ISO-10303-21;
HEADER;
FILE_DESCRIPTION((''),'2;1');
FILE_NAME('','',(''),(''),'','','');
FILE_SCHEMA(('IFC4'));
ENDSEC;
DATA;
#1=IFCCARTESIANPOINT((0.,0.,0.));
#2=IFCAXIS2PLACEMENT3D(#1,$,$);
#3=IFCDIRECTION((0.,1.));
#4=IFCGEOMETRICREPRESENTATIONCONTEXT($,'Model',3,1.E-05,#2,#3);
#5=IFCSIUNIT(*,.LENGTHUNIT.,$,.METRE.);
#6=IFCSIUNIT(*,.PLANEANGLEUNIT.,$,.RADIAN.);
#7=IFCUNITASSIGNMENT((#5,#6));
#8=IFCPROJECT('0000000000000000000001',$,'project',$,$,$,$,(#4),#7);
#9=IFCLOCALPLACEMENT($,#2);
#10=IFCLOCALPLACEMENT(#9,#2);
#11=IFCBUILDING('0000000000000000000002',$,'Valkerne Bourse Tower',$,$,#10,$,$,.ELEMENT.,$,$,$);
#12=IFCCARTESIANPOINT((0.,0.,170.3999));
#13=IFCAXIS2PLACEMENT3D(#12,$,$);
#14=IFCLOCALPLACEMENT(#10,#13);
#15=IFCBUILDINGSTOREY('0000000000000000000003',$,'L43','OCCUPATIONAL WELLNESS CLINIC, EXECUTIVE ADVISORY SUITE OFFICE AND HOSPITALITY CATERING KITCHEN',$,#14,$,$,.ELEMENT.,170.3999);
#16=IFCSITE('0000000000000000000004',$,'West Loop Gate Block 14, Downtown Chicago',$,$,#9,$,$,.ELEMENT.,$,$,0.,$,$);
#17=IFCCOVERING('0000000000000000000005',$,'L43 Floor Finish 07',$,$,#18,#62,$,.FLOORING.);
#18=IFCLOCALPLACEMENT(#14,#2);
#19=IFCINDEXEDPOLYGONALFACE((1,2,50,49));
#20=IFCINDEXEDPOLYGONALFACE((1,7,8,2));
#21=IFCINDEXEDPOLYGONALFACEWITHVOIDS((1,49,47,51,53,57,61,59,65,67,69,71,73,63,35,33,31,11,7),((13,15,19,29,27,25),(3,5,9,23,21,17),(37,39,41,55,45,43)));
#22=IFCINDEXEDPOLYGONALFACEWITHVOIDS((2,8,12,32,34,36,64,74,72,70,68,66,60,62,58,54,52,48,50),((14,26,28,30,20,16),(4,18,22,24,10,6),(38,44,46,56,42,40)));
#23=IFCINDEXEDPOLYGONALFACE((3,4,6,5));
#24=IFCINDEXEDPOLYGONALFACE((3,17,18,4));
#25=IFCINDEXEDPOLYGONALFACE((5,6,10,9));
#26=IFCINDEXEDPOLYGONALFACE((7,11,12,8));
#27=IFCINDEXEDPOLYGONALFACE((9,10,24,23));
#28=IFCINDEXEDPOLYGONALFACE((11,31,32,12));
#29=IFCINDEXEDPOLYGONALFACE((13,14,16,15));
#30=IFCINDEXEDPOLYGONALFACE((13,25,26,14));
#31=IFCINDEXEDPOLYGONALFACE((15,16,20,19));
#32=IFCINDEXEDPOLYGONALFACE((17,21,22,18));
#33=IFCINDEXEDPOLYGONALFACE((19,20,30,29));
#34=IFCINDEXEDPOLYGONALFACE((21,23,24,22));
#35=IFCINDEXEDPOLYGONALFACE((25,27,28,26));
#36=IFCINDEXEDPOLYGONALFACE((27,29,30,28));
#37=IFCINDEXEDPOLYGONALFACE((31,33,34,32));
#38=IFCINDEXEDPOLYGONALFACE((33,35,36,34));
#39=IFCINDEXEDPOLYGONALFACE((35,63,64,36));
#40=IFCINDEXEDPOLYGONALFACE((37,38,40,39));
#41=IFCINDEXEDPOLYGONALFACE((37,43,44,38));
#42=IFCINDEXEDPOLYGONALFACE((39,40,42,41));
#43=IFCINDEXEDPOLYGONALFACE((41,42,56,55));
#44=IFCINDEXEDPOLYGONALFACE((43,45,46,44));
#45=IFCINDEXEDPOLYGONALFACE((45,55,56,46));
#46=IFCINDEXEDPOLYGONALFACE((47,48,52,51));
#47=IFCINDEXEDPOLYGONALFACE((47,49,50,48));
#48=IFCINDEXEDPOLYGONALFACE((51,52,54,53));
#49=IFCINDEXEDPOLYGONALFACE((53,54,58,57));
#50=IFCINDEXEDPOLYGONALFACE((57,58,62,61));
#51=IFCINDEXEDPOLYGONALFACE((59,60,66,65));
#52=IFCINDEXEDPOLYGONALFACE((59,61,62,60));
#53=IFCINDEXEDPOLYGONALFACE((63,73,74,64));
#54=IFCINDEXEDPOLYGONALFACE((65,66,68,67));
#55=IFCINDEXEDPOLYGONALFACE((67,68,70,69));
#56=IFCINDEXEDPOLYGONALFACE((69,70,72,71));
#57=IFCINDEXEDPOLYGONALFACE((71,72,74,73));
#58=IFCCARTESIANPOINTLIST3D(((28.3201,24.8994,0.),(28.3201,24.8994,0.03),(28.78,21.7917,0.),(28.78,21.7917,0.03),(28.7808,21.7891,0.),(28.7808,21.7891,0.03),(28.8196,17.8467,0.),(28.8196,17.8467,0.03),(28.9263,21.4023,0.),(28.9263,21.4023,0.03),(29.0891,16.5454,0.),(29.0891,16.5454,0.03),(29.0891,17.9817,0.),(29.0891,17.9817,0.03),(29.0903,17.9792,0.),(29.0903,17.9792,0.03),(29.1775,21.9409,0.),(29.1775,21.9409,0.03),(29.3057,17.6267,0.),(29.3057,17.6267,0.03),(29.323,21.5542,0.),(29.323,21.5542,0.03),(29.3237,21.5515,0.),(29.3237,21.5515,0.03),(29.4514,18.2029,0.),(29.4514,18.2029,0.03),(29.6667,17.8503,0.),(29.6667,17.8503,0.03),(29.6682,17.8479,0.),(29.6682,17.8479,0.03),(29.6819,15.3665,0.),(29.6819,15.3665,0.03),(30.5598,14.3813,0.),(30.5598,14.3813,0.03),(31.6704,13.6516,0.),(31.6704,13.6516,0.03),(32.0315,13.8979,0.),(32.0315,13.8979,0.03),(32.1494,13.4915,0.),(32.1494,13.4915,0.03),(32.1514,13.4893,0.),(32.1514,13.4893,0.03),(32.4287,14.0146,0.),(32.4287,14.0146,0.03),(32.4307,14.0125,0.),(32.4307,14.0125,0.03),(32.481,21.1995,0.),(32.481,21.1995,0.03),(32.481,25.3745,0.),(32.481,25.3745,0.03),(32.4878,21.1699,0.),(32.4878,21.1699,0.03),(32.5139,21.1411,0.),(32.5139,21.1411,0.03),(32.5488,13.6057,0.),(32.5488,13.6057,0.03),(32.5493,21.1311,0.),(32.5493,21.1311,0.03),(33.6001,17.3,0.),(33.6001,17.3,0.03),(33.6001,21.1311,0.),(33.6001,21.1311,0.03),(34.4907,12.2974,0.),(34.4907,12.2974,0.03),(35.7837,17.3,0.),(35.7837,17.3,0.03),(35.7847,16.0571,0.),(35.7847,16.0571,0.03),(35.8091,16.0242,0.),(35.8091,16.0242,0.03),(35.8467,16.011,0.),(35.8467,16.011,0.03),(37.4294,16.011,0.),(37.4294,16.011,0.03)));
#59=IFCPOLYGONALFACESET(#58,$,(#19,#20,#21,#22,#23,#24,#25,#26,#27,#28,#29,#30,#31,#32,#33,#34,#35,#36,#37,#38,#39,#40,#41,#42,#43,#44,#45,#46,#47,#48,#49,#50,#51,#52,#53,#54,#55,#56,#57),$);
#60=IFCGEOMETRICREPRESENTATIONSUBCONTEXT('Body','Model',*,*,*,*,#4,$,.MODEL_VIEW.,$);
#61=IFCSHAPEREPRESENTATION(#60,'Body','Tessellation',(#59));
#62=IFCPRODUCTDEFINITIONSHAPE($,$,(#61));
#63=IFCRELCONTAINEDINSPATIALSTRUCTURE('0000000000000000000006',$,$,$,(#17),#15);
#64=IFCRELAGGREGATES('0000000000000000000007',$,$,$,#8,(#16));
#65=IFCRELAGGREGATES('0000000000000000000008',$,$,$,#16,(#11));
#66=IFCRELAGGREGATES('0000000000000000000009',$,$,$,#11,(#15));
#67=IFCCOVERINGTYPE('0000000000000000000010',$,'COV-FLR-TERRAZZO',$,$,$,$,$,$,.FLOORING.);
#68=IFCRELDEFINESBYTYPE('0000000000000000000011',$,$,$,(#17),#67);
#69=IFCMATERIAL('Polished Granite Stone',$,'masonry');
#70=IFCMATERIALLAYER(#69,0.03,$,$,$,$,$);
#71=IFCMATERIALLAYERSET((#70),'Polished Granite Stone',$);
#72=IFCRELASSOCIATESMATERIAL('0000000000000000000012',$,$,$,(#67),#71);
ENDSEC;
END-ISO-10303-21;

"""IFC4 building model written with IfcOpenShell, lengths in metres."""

from ifc_helpers import new_model, si_unit, direction, frame, origin, place, context, subcontext, project, spatial, polyline, outline, extrude, material, layer, layer_set, type_object, element, save


model = new_model("IFC4")

# Units and contexts
model_context = context("Model", 3, precision=1e-05, world=origin(), true_north=direction((0.0, 1.0)))
body_context = subcontext(model_context, "Body", "Model", "MODEL_VIEW")
ifc_project = project(units=[si_unit("LENGTHUNIT", "METRE"), si_unit("PLANEANGLEUNIT", "RADIAN")], contexts=[model_context])

# Site, building, storey
site_placement = place(None, origin())
site = spatial("IfcSite", under=ifc_project, at=site_placement, Name="West Loop Gate Block 14, Downtown Chicago", CompositionType="ELEMENT", RefElevation=0.0)
building_placement = place(site_placement, origin())
building = spatial("IfcBuilding", under=site, at=building_placement, Name="Valkerne Bourse Tower", CompositionType="ELEMENT")
storey_placement = place(building_placement, frame((0.0, 0.0, 170.3999)))
storey = spatial("IfcBuildingStorey", under=building, at=storey_placement, Name="L43", Description="OCCUPATIONAL WELLNESS CLINIC, EXECUTIVE ADVISORY SUITE OFFICE AND HOSPITALITY CATERING KITCHEN", CompositionType="ELEMENT", Elevation=170.3999)

# Covering
ifc_material_1 = material(Name="Polished Granite Stone", Category="masonry")
ifc_layer_1 = layer(ifc_material_1, 0.03)
ifc_layer_set_1 = layer_set([ifc_layer_1], Name="Polished Granite Stone")
covering_type_1 = type_object("IfcCoveringType", Name="COV-FLR-TERRAZZO", PredefinedType="FLOORING", material=ifc_layer_set_1)
covering_1_placement = place(storey_placement, origin())
element("IfcCovering", 1, at=covering_1_placement, inside=storey, type_object=covering_type_1, Name="L43 Floor Finish 07", PredefinedType="FLOORING", context=body_context, shape_type="SweptSolid", body=[
    extrude(outline(polyline([(29.6819, 15.3665), (29.0891, 16.5454), (28.8196, 17.8467), (28.3201, 24.8994), (32.481, 25.3745), (32.481, 21.1995), (32.4878, 21.1699), (32.5139, 21.1411), (32.5493, 21.1311), (33.6001, 21.1311), (33.6001, 17.3), (35.7837, 17.3), (35.7847, 16.0571), (35.8091, 16.0242), (35.8467, 16.011), (37.4294, 16.011), (34.4907, 12.2974), (31.6704, 13.6516), (30.5598, 14.3813), (29.6819, 15.3665)]), holes=[polyline([(32.4307, 14.0125), (32.4287, 14.0146), (32.0315, 13.8979), (32.1494, 13.4915), (32.1514, 13.4893), (32.5488, 13.6057), (32.4307, 14.0125)]), polyline([(29.6682, 17.8479), (29.6667, 17.8503), (29.4514, 18.2029), (29.0891, 17.9817), (29.0903, 17.9792), (29.3057, 17.6267), (29.6682, 17.8479)]), polyline([(29.3237, 21.5515), (29.323, 21.5542), (29.1775, 21.9409), (28.78, 21.7917), (28.7808, 21.7891), (28.9263, 21.4023), (29.3237, 21.5515)])]), origin(), (0.0, 0.0, 1.0), 0.03),
])

save(model, "model.ifc")
